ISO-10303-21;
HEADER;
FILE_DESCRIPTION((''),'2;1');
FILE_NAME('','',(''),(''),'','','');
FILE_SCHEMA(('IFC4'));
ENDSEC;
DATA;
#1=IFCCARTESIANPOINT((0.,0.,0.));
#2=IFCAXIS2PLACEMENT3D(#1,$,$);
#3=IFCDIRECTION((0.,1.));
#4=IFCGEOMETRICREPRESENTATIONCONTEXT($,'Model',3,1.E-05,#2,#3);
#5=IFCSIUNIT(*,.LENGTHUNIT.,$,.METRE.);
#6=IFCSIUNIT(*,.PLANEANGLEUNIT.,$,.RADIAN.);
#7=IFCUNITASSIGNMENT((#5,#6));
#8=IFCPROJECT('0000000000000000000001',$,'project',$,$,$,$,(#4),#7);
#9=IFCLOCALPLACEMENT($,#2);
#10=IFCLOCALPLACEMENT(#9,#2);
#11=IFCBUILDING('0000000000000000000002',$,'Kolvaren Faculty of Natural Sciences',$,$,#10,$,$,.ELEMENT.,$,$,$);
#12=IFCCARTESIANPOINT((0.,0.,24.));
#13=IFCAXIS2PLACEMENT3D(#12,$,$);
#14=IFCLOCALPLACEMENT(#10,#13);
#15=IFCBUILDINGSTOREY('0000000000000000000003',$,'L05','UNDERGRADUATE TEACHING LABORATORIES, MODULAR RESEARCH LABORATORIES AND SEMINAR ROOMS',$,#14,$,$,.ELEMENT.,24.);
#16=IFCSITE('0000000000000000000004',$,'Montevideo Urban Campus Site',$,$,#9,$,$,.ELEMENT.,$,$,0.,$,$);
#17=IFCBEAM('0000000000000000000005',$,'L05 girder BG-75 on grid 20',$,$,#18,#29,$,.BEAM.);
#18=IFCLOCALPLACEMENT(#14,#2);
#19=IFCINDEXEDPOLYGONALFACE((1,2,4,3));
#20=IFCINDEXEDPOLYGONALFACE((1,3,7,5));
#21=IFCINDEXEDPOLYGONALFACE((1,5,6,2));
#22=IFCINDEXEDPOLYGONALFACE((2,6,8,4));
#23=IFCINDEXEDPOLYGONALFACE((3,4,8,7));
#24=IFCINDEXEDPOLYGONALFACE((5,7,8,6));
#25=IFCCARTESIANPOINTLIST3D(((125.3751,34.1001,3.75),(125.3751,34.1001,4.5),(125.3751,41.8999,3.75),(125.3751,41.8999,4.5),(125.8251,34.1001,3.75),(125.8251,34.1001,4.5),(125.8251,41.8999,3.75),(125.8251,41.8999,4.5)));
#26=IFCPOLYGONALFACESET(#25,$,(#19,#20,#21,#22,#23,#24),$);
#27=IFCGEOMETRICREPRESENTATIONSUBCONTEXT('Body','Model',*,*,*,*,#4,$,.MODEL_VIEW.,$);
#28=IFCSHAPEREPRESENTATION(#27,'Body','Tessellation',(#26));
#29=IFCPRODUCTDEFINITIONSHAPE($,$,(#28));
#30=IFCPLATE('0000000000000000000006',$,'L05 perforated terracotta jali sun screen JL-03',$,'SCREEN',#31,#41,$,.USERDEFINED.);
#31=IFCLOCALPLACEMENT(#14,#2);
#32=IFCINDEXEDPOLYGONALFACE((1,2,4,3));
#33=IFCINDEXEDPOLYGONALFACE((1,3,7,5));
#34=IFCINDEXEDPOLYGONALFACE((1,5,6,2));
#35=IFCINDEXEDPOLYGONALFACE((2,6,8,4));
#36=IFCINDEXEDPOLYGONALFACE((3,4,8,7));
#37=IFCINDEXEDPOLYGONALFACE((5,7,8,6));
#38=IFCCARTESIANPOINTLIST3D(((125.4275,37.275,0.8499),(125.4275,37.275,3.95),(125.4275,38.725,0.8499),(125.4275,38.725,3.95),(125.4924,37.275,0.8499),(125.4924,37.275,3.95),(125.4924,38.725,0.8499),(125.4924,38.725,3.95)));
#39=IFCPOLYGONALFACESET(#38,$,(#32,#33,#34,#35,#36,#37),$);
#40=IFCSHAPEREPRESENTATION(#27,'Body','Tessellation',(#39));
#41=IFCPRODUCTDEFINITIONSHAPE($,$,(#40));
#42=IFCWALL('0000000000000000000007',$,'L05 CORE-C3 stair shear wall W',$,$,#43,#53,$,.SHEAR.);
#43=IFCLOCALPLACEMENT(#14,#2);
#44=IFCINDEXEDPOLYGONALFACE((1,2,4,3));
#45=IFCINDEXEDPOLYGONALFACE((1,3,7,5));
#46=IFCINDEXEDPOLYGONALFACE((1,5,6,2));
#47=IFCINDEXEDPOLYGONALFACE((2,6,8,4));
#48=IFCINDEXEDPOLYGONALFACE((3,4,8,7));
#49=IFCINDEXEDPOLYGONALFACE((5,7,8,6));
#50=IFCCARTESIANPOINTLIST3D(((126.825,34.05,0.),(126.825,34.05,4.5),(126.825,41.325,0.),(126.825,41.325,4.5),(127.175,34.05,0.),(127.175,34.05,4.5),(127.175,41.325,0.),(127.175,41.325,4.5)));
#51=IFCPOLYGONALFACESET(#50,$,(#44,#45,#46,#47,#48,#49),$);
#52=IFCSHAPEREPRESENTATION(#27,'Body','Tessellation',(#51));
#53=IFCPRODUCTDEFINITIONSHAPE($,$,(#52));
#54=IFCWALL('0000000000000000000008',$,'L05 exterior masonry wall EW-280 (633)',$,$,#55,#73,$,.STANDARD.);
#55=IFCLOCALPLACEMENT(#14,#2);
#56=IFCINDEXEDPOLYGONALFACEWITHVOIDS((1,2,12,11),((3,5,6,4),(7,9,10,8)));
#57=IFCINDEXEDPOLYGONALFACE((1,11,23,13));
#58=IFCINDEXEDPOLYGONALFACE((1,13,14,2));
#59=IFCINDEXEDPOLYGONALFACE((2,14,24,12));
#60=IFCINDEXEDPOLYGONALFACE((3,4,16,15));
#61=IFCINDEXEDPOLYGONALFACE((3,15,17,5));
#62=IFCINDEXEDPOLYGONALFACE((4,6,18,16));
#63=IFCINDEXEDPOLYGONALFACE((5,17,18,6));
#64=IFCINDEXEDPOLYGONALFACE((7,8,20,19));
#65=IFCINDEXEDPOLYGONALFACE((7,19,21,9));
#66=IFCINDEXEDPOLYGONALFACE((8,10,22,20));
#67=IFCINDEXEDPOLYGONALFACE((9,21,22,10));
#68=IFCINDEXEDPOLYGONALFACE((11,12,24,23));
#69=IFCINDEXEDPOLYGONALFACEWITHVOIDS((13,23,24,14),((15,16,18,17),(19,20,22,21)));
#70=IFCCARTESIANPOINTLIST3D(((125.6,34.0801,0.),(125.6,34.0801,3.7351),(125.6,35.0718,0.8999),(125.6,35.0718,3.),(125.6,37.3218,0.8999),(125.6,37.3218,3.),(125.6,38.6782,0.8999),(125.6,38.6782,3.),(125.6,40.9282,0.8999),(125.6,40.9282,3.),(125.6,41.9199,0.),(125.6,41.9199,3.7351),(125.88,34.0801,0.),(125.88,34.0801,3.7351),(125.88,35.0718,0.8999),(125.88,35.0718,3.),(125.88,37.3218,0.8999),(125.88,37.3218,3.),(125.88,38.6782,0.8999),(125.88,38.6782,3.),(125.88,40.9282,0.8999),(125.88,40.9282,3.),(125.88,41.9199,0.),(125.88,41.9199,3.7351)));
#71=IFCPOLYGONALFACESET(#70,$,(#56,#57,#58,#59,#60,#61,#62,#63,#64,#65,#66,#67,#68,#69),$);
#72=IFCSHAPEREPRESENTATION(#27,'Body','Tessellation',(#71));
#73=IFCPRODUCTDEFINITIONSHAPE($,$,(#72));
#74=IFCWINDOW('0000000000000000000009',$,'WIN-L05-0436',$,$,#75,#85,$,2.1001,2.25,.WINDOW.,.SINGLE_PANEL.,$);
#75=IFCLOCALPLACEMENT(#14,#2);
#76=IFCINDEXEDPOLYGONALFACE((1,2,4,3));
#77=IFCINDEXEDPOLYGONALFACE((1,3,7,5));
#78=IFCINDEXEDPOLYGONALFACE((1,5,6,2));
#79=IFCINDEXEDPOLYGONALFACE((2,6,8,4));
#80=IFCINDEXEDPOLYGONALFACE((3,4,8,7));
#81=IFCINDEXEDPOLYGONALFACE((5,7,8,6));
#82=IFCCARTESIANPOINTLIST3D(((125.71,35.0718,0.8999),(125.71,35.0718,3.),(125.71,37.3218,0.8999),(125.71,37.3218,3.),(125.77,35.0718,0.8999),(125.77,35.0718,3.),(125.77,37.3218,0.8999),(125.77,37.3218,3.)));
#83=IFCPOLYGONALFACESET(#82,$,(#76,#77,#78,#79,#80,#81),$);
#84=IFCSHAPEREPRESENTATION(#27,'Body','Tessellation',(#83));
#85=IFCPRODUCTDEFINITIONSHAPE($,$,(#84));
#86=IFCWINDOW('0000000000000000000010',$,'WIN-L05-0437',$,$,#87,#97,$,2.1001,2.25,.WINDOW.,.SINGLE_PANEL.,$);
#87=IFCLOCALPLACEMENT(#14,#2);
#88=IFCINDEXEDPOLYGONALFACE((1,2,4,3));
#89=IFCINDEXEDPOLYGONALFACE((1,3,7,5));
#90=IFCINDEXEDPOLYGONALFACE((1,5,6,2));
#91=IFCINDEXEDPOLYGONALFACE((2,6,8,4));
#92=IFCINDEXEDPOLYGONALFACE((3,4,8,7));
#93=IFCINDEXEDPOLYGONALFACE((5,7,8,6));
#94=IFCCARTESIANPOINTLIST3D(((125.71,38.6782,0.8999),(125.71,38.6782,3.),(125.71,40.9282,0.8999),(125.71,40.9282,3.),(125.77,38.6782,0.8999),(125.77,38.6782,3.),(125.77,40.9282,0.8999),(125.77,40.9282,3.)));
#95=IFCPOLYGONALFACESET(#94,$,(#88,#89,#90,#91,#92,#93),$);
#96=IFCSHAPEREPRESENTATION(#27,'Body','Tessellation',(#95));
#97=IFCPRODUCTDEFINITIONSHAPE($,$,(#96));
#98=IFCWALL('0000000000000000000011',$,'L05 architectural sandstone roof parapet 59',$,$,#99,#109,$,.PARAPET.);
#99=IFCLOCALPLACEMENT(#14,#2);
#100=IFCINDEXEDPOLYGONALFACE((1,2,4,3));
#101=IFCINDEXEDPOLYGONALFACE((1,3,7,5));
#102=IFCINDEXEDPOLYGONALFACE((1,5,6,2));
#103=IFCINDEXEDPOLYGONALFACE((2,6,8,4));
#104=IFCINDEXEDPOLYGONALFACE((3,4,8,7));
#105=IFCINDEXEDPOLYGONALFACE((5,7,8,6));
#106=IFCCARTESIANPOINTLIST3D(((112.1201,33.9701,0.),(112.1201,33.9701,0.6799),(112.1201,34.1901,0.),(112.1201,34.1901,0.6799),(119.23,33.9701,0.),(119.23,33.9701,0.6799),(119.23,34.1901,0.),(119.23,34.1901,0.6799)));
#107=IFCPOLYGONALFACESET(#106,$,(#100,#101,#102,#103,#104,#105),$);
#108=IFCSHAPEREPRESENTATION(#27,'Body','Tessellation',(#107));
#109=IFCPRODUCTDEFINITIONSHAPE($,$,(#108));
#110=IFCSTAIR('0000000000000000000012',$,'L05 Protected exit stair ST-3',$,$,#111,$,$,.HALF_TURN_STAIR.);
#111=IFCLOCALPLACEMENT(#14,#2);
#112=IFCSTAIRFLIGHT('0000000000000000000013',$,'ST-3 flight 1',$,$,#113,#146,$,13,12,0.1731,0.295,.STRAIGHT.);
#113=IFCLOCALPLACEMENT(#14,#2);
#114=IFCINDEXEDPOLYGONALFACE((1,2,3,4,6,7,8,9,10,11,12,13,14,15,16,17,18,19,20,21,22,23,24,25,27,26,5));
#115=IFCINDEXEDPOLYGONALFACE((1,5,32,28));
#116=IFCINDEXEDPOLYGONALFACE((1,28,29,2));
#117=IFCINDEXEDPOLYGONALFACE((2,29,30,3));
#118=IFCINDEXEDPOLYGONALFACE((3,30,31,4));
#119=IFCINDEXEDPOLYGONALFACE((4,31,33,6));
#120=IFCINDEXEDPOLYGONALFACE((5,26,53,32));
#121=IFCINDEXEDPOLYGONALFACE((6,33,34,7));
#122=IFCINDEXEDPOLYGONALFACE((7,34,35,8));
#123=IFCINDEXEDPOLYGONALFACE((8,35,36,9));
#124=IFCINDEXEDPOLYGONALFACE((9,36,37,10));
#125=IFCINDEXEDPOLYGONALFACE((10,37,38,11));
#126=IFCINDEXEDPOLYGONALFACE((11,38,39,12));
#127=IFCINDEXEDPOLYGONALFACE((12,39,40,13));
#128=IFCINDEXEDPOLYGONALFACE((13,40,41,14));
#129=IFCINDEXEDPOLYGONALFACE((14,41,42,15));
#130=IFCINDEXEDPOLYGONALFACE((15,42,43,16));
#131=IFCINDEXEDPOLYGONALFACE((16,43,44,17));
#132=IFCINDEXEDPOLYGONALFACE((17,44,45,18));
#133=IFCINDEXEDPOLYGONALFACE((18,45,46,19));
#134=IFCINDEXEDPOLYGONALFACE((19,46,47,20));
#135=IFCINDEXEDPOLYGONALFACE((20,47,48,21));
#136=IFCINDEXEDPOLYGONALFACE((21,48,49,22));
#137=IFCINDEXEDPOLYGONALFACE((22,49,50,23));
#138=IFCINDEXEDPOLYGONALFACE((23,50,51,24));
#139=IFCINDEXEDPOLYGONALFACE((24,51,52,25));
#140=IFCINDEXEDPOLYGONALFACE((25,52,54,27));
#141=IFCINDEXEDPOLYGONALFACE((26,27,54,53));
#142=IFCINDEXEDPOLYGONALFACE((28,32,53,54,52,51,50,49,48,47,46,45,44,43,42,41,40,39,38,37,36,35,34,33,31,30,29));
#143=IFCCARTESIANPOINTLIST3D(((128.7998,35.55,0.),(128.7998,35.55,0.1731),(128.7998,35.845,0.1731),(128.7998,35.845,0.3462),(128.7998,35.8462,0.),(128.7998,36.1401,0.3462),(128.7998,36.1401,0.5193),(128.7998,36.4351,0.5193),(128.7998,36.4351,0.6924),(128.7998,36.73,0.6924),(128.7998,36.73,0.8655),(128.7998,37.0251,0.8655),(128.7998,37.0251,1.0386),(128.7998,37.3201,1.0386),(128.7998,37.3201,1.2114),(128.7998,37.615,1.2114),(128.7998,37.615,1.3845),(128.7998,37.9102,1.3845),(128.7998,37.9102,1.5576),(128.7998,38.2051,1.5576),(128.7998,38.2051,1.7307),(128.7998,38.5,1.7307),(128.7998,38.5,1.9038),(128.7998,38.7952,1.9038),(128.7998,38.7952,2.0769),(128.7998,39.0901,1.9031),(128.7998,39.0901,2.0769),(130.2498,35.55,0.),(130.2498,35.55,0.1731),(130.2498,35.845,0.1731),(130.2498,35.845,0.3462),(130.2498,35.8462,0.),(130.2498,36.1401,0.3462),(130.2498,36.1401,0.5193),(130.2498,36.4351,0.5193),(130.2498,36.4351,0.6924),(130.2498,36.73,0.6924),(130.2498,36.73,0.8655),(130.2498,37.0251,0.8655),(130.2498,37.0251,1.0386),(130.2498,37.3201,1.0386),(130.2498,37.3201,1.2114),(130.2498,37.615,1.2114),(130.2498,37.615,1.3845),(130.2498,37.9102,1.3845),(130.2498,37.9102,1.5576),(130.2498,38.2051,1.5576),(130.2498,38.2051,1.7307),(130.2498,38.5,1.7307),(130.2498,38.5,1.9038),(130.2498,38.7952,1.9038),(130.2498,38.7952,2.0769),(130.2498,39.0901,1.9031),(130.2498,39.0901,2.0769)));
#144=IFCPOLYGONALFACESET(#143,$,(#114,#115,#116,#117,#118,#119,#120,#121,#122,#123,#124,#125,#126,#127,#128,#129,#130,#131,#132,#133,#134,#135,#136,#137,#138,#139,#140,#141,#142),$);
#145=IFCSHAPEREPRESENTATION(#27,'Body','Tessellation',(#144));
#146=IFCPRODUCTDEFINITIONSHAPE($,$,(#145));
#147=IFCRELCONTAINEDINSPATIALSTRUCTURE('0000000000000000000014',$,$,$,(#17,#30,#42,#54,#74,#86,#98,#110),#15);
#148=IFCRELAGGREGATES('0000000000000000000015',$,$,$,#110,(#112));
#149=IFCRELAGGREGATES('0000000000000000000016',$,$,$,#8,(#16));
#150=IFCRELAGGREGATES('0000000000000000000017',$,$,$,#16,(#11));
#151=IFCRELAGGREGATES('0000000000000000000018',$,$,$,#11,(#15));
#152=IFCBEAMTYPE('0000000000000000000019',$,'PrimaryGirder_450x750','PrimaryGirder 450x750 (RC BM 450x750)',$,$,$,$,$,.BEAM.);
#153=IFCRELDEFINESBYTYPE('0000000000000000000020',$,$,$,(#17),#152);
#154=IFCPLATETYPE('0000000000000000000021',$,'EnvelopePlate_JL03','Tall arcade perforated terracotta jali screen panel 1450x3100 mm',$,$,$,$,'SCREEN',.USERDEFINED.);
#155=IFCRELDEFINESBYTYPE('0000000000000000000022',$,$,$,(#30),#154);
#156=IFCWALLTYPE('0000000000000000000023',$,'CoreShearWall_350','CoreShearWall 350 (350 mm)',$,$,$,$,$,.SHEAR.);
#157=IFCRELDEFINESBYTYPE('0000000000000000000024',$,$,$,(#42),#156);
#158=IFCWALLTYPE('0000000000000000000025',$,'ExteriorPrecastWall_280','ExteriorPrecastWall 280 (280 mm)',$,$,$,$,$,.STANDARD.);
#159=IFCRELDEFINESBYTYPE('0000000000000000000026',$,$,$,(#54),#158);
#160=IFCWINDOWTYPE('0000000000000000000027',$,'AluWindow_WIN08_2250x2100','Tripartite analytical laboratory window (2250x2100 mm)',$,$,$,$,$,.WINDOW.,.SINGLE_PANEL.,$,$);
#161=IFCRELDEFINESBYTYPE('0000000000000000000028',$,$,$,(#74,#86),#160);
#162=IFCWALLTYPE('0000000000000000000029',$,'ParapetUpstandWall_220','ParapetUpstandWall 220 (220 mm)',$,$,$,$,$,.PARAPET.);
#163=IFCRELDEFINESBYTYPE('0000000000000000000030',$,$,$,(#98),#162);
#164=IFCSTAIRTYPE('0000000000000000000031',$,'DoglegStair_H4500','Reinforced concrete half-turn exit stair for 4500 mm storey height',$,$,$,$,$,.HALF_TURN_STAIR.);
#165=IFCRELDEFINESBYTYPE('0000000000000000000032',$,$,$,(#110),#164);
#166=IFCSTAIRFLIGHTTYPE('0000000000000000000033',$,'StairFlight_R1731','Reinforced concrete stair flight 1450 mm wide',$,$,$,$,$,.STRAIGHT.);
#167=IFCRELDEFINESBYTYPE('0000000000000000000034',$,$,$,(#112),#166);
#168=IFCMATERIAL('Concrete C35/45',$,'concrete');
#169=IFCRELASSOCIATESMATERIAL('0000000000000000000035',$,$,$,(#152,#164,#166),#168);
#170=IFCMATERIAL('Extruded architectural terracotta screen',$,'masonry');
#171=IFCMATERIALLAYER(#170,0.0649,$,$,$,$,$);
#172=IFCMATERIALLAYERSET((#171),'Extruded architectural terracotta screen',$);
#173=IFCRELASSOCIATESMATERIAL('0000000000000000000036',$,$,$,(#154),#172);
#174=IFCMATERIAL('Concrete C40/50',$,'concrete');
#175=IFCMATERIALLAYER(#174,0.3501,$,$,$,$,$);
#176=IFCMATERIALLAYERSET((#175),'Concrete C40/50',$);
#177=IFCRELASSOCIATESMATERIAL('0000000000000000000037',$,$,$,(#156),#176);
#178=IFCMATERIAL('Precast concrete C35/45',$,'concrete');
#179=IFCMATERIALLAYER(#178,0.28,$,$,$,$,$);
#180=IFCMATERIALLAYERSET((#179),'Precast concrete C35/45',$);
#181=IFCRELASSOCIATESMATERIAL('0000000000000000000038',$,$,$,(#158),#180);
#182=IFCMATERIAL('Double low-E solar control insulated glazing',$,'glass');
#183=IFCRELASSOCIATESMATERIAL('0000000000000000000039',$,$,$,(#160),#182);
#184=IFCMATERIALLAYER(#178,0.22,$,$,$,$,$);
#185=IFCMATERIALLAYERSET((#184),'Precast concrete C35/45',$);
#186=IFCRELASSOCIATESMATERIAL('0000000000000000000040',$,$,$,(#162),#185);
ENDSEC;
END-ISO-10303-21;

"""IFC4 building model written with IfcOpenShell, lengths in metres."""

from ifc_helpers import new_model, si_unit, direction, frame, frame_2d, origin, origin_2d, place, context, subcontext, project, spatial, polyline, rectangle, outline, extrude, material, layer, layer_set, material_profile, profile_set, type_object, element, fill, aggregate, save


model = new_model("IFC4")

# Units and contexts
model_context = context("Model", 3, precision=1e-05, world=origin(), true_north=direction((0.0, 1.0)))
body_context = subcontext(model_context, "Body", "Model", "MODEL_VIEW")
ifc_project = project(units=[si_unit("LENGTHUNIT", "METRE"), si_unit("PLANEANGLEUNIT", "RADIAN")], contexts=[model_context])

# Site, building, storey
site_placement = place(None, origin())
site = spatial("IfcSite", under=ifc_project, at=site_placement, Name="Montevideo Urban Campus Site", CompositionType="ELEMENT", RefElevation=0.0)
building_placement = place(site_placement, origin())
building = spatial("IfcBuilding", under=site, at=building_placement, Name="Kolvaren Faculty of Natural Sciences", CompositionType="ELEMENT")
storey_placement = place(building_placement, frame((0.0, 0.0, 24.0)))
storey = spatial("IfcBuildingStorey", under=building, at=storey_placement, Name="L05", Description="UNDERGRADUATE TEACHING LABORATORIES, MODULAR RESEARCH LABORATORIES AND SEMINAR ROOMS", CompositionType="ELEMENT", Elevation=24.0)

# Beam
ifc_material_1 = material(Name="Concrete C35/45", Category="concrete")
ifc_material_profile = material_profile(ifc_material_1, rectangle(XDim=0.45, YDim=0.75, at=origin_2d()), Name="RC BM 450x750")
ifc_profile_set = profile_set([ifc_material_profile], Name="Concrete C35/45")
beam_type = type_object("IfcBeamType", Name="PrimaryGirder_450x750", Description="PrimaryGirder 450x750 (RC BM 450x750)", PredefinedType="BEAM", material=ifc_profile_set)
beam_placement = place(storey_placement, frame((125.6001, 34.1001, 4.125), z_axis=(0.0, 1.0, 0.0), x_axis=(-1.0, 0.0, 0.0)))
element("IfcBeam", 1, at=beam_placement, inside=storey, type_object=beam_type, Name="L05 girder BG-75 on grid 20", PredefinedType="BEAM", context=body_context, shape_type="SweptSolid", body=[
    extrude(rectangle(XDim=0.45, YDim=0.75, at=origin_2d()), origin(), (0.0, 0.0, 1.0), 7.7998),
])

# Plate
ifc_material_2 = material(Name="Extruded architectural terracotta screen", Category="masonry")
ifc_layer_1 = layer(ifc_material_2, 0.0649)
ifc_layer_set_1 = layer_set([ifc_layer_1], Name="Extruded architectural terracotta screen")
plate_type = type_object("IfcPlateType", Name="EnvelopePlate_JL03", Description="Tall arcade perforated terracotta jali screen panel 1450x3100 mm", ElementType="SCREEN", PredefinedType="USERDEFINED", material=ifc_layer_set_1)
plate_placement = place(storey_placement, frame((125.46, 38.0, 0.8499), z_axis=(0.0, 0.0, 1.0), x_axis=(0.0, 1.0, 0.0)))
element("IfcPlate", 2, at=plate_placement, inside=storey, type_object=plate_type, Name="L05 perforated terracotta jali sun screen JL-03", ObjectType="SCREEN", PredefinedType="USERDEFINED", context=body_context, shape_type="SweptSolid", body=[
    extrude(rectangle(XDim=1.45, YDim=0.0649, at=origin_2d()), origin(), (0.0, 0.0, 1.0), 3.1001),
])

# Shared definitions
ifc_material_3 = material(Name="Concrete C40/50", Category="concrete")
ifc_layer_2 = layer(ifc_material_3, 0.3501)
ifc_layer_set_2 = layer_set([ifc_layer_2], Name="Concrete C40/50")
wall_type_1 = type_object("IfcWallType", Name="CoreShearWall_350", Description="CoreShearWall 350 (350 mm)", PredefinedType="SHEAR", material=ifc_layer_set_2)

# Wall
wall_1_placement = place(storey_placement, frame((127.0, 34.05, 0.0), z_axis=(0.0, 0.0, 1.0), x_axis=(0.0, 1.0, 0.0)))
element("IfcWall", 3, at=wall_1_placement, inside=storey, type_object=wall_type_1, Name="L05 CORE-C3 stair shear wall W", PredefinedType="SHEAR", context=body_context, shape_type="SweptSolid", body=[
    extrude(rectangle(XDim=7.2749, YDim=0.3501, at=frame_2d((3.6375, 0.0))), origin(), (0.0, 0.0, 1.0), 4.5),
])

# Wall, openings, windows
ifc_material_4 = material(Name="Precast concrete C35/45", Category="concrete")
ifc_layer_3 = layer(ifc_material_4, 0.28)
ifc_layer_set_3 = layer_set([ifc_layer_3], Name="Precast concrete C35/45")
wall_type_2 = type_object("IfcWallType", Name="ExteriorPrecastWall_280", Description="ExteriorPrecastWall 280 (280 mm)", PredefinedType="STANDARD", material=ifc_layer_set_3)
wall_2_placement = place(storey_placement, frame((125.74, 34.0801, 0.0), z_axis=(0.0, 0.0, 1.0), x_axis=(0.0, 1.0, 0.0)))
wall_2 = element("IfcWall", 4, at=wall_2_placement, inside=storey, type_object=wall_type_2, Name="L05 exterior masonry wall EW-280 (633)", PredefinedType="STANDARD", context=body_context, shape_type="SweptSolid", body=[
    extrude(rectangle(XDim=7.8398, YDim=0.28, at=frame_2d((3.9199, 0.0))), origin(), (0.0, 0.0, 1.0), 3.7351),
])
opening_1_placement = place(wall_2_placement, frame((0.9917, 0.0, 0.8999)))
opening_1 = element("IfcOpeningElement", 5, at=opening_1_placement, cuts=wall_2, PredefinedType="OPENING", context=body_context, shape_type="SweptSolid", body=[
    extrude(rectangle(XDim=2.25, YDim=2.1001, at=frame_2d((1.125, 1.05))), frame((0.0, 0.1499, 0.0), z_axis=(0.0, -1.0, 0.0), x_axis=(1.0, 0.0, 0.0)), (0.0, 0.0, 1.0), 0.3),
])
opening_2_placement = place(wall_2_placement, frame((4.5981, 0.0, 0.8999)))
opening_2 = element("IfcOpeningElement", 6, at=opening_2_placement, cuts=wall_2, PredefinedType="OPENING", context=body_context, shape_type="SweptSolid", body=[
    extrude(rectangle(XDim=2.25, YDim=2.1001, at=frame_2d((1.125, 1.05))), frame((0.0, 0.1499, 0.0), z_axis=(0.0, -1.0, 0.0), x_axis=(1.0, 0.0, 0.0)), (0.0, 0.0, 1.0), 0.3),
])
ifc_material_5 = material(Name="Double low-E solar control insulated glazing", Category="glass")
window_type = type_object("IfcWindowType", Name="AluWindow_WIN08_2250x2100", Description="Tripartite analytical laboratory window (2250x2100 mm)", PartitioningType="SINGLE_PANEL", PredefinedType="WINDOW", material=ifc_material_5)
window_1_placement = place(opening_1_placement, origin())
window_1 = element("IfcWindow", 7, at=window_1_placement, inside=storey, type_object=window_type, Name="WIN-L05-0436", OverallHeight=2.1001, OverallWidth=2.25, PartitioningType="SINGLE_PANEL", PredefinedType="WINDOW", context=body_context, shape_type="SweptSolid", body=[
    extrude(rectangle(XDim=2.25, YDim=2.1001, at=frame_2d((1.125, 1.05))), frame((0.0, 0.03, 0.0), z_axis=(0.0, -1.0, 0.0), x_axis=(1.0, 0.0, 0.0)), (0.0, 0.0, 1.0), 0.0601),
])
fill(opening_1, window_1)
window_2_placement = place(opening_2_placement, origin())
window_2 = element("IfcWindow", 8, at=window_2_placement, inside=storey, type_object=window_type, Name="WIN-L05-0437", OverallHeight=2.1001, OverallWidth=2.25, PartitioningType="SINGLE_PANEL", PredefinedType="WINDOW", context=body_context, shape_type="SweptSolid", body=[
    extrude(rectangle(XDim=2.25, YDim=2.1001, at=frame_2d((1.125, 1.05))), frame((0.0, 0.03, 0.0), z_axis=(0.0, -1.0, 0.0), x_axis=(1.0, 0.0, 0.0)), (0.0, 0.0, 1.0), 0.0601),
])
fill(opening_2, window_2)

# Wall
ifc_layer_4 = layer(ifc_material_4, 0.22)
ifc_layer_set_4 = layer_set([ifc_layer_4], Name="Precast concrete C35/45")
wall_type_3 = type_object("IfcWallType", Name="ParapetUpstandWall_220", Description="ParapetUpstandWall 220 (220 mm)", PredefinedType="PARAPET", material=ifc_layer_set_4)
wall_3_placement = place(storey_placement, frame((112.1201, 34.0801, 0.0), z_axis=(0.0, 0.0, 1.0), x_axis=(1.0, 0.0, 0.0)))
element("IfcWall", 9, at=wall_3_placement, inside=storey, type_object=wall_type_3, Name="L05 architectural sandstone roof parapet 59", PredefinedType="PARAPET", context=body_context, shape_type="SweptSolid", body=[
    extrude(rectangle(XDim=7.1099, YDim=0.22, at=frame_2d((3.5549, 0.0))), origin(), (0.0, 0.0, 1.0), 0.6799),
])

# Stair, stair flight
stair_type = type_object("IfcStairType", Name="DoglegStair_H4500", Description="Reinforced concrete half-turn exit stair for 4500 mm storey height", PredefinedType="HALF_TURN_STAIR", material=ifc_material_1)
stair_placement = place(storey_placement, origin())
stair = element("IfcStair", 10, at=stair_placement, inside=storey, type_object=stair_type, Name="L05 Protected exit stair ST-3", PredefinedType="HALF_TURN_STAIR")
stair_flight_type = type_object("IfcStairFlightType", Name="StairFlight_R1731", Description="Reinforced concrete stair flight 1450 mm wide", PredefinedType="STRAIGHT", material=ifc_material_1)
stair_flight_1_placement = place(storey_placement, frame((129.5249, 35.55, 0.0), z_axis=(0.0, 0.0, 1.0), x_axis=(0.0, 1.0, 0.0)))
stair_flight_1 = element("IfcStairFlight", 11, at=stair_flight_1_placement, type_object=stair_flight_type, Name="ST-3 flight 1", NumberOfRisers=13, NumberOfTreads=12, PredefinedType="STRAIGHT", RiserHeight=0.1731, TreadLength=0.295, context=body_context, shape_type="SweptSolid", body=[
    extrude(outline(polyline([(0.0, 0.0), (0.0, 0.1731), (0.2949, 0.1731), (0.2949, 0.3462), (0.5901, 0.3462), (0.5901, 0.5193), (0.885, 0.5193), (0.885, 0.6924), (1.1799, 0.6924), (1.1799, 0.8655), (1.4751, 0.8655), (1.4751, 1.0386), (1.77, 1.0386), (1.77, 1.2114), (2.0649, 1.2114), (2.0649, 1.3845), (2.3601, 1.3845), (2.3601, 1.5576), (2.655, 1.5576), (2.655, 1.7307), (2.95, 1.7307), (2.95, 1.9038), (3.2451, 1.9038), (3.2451, 2.0769), (3.54, 2.0769), (3.54, 2.25), (3.54, 1.9031), (0.2961, 0.0), (0.0, 0.0)])), frame((0.0, 0.7251, 0.0), z_axis=(0.0, -1.0, 0.0), x_axis=(1.0, 0.0, 0.0)), (0.0, 0.0, 1.0), 1.45),
])
aggregate(stair, [stair_flight_1])

save(model, "model.ifc")
